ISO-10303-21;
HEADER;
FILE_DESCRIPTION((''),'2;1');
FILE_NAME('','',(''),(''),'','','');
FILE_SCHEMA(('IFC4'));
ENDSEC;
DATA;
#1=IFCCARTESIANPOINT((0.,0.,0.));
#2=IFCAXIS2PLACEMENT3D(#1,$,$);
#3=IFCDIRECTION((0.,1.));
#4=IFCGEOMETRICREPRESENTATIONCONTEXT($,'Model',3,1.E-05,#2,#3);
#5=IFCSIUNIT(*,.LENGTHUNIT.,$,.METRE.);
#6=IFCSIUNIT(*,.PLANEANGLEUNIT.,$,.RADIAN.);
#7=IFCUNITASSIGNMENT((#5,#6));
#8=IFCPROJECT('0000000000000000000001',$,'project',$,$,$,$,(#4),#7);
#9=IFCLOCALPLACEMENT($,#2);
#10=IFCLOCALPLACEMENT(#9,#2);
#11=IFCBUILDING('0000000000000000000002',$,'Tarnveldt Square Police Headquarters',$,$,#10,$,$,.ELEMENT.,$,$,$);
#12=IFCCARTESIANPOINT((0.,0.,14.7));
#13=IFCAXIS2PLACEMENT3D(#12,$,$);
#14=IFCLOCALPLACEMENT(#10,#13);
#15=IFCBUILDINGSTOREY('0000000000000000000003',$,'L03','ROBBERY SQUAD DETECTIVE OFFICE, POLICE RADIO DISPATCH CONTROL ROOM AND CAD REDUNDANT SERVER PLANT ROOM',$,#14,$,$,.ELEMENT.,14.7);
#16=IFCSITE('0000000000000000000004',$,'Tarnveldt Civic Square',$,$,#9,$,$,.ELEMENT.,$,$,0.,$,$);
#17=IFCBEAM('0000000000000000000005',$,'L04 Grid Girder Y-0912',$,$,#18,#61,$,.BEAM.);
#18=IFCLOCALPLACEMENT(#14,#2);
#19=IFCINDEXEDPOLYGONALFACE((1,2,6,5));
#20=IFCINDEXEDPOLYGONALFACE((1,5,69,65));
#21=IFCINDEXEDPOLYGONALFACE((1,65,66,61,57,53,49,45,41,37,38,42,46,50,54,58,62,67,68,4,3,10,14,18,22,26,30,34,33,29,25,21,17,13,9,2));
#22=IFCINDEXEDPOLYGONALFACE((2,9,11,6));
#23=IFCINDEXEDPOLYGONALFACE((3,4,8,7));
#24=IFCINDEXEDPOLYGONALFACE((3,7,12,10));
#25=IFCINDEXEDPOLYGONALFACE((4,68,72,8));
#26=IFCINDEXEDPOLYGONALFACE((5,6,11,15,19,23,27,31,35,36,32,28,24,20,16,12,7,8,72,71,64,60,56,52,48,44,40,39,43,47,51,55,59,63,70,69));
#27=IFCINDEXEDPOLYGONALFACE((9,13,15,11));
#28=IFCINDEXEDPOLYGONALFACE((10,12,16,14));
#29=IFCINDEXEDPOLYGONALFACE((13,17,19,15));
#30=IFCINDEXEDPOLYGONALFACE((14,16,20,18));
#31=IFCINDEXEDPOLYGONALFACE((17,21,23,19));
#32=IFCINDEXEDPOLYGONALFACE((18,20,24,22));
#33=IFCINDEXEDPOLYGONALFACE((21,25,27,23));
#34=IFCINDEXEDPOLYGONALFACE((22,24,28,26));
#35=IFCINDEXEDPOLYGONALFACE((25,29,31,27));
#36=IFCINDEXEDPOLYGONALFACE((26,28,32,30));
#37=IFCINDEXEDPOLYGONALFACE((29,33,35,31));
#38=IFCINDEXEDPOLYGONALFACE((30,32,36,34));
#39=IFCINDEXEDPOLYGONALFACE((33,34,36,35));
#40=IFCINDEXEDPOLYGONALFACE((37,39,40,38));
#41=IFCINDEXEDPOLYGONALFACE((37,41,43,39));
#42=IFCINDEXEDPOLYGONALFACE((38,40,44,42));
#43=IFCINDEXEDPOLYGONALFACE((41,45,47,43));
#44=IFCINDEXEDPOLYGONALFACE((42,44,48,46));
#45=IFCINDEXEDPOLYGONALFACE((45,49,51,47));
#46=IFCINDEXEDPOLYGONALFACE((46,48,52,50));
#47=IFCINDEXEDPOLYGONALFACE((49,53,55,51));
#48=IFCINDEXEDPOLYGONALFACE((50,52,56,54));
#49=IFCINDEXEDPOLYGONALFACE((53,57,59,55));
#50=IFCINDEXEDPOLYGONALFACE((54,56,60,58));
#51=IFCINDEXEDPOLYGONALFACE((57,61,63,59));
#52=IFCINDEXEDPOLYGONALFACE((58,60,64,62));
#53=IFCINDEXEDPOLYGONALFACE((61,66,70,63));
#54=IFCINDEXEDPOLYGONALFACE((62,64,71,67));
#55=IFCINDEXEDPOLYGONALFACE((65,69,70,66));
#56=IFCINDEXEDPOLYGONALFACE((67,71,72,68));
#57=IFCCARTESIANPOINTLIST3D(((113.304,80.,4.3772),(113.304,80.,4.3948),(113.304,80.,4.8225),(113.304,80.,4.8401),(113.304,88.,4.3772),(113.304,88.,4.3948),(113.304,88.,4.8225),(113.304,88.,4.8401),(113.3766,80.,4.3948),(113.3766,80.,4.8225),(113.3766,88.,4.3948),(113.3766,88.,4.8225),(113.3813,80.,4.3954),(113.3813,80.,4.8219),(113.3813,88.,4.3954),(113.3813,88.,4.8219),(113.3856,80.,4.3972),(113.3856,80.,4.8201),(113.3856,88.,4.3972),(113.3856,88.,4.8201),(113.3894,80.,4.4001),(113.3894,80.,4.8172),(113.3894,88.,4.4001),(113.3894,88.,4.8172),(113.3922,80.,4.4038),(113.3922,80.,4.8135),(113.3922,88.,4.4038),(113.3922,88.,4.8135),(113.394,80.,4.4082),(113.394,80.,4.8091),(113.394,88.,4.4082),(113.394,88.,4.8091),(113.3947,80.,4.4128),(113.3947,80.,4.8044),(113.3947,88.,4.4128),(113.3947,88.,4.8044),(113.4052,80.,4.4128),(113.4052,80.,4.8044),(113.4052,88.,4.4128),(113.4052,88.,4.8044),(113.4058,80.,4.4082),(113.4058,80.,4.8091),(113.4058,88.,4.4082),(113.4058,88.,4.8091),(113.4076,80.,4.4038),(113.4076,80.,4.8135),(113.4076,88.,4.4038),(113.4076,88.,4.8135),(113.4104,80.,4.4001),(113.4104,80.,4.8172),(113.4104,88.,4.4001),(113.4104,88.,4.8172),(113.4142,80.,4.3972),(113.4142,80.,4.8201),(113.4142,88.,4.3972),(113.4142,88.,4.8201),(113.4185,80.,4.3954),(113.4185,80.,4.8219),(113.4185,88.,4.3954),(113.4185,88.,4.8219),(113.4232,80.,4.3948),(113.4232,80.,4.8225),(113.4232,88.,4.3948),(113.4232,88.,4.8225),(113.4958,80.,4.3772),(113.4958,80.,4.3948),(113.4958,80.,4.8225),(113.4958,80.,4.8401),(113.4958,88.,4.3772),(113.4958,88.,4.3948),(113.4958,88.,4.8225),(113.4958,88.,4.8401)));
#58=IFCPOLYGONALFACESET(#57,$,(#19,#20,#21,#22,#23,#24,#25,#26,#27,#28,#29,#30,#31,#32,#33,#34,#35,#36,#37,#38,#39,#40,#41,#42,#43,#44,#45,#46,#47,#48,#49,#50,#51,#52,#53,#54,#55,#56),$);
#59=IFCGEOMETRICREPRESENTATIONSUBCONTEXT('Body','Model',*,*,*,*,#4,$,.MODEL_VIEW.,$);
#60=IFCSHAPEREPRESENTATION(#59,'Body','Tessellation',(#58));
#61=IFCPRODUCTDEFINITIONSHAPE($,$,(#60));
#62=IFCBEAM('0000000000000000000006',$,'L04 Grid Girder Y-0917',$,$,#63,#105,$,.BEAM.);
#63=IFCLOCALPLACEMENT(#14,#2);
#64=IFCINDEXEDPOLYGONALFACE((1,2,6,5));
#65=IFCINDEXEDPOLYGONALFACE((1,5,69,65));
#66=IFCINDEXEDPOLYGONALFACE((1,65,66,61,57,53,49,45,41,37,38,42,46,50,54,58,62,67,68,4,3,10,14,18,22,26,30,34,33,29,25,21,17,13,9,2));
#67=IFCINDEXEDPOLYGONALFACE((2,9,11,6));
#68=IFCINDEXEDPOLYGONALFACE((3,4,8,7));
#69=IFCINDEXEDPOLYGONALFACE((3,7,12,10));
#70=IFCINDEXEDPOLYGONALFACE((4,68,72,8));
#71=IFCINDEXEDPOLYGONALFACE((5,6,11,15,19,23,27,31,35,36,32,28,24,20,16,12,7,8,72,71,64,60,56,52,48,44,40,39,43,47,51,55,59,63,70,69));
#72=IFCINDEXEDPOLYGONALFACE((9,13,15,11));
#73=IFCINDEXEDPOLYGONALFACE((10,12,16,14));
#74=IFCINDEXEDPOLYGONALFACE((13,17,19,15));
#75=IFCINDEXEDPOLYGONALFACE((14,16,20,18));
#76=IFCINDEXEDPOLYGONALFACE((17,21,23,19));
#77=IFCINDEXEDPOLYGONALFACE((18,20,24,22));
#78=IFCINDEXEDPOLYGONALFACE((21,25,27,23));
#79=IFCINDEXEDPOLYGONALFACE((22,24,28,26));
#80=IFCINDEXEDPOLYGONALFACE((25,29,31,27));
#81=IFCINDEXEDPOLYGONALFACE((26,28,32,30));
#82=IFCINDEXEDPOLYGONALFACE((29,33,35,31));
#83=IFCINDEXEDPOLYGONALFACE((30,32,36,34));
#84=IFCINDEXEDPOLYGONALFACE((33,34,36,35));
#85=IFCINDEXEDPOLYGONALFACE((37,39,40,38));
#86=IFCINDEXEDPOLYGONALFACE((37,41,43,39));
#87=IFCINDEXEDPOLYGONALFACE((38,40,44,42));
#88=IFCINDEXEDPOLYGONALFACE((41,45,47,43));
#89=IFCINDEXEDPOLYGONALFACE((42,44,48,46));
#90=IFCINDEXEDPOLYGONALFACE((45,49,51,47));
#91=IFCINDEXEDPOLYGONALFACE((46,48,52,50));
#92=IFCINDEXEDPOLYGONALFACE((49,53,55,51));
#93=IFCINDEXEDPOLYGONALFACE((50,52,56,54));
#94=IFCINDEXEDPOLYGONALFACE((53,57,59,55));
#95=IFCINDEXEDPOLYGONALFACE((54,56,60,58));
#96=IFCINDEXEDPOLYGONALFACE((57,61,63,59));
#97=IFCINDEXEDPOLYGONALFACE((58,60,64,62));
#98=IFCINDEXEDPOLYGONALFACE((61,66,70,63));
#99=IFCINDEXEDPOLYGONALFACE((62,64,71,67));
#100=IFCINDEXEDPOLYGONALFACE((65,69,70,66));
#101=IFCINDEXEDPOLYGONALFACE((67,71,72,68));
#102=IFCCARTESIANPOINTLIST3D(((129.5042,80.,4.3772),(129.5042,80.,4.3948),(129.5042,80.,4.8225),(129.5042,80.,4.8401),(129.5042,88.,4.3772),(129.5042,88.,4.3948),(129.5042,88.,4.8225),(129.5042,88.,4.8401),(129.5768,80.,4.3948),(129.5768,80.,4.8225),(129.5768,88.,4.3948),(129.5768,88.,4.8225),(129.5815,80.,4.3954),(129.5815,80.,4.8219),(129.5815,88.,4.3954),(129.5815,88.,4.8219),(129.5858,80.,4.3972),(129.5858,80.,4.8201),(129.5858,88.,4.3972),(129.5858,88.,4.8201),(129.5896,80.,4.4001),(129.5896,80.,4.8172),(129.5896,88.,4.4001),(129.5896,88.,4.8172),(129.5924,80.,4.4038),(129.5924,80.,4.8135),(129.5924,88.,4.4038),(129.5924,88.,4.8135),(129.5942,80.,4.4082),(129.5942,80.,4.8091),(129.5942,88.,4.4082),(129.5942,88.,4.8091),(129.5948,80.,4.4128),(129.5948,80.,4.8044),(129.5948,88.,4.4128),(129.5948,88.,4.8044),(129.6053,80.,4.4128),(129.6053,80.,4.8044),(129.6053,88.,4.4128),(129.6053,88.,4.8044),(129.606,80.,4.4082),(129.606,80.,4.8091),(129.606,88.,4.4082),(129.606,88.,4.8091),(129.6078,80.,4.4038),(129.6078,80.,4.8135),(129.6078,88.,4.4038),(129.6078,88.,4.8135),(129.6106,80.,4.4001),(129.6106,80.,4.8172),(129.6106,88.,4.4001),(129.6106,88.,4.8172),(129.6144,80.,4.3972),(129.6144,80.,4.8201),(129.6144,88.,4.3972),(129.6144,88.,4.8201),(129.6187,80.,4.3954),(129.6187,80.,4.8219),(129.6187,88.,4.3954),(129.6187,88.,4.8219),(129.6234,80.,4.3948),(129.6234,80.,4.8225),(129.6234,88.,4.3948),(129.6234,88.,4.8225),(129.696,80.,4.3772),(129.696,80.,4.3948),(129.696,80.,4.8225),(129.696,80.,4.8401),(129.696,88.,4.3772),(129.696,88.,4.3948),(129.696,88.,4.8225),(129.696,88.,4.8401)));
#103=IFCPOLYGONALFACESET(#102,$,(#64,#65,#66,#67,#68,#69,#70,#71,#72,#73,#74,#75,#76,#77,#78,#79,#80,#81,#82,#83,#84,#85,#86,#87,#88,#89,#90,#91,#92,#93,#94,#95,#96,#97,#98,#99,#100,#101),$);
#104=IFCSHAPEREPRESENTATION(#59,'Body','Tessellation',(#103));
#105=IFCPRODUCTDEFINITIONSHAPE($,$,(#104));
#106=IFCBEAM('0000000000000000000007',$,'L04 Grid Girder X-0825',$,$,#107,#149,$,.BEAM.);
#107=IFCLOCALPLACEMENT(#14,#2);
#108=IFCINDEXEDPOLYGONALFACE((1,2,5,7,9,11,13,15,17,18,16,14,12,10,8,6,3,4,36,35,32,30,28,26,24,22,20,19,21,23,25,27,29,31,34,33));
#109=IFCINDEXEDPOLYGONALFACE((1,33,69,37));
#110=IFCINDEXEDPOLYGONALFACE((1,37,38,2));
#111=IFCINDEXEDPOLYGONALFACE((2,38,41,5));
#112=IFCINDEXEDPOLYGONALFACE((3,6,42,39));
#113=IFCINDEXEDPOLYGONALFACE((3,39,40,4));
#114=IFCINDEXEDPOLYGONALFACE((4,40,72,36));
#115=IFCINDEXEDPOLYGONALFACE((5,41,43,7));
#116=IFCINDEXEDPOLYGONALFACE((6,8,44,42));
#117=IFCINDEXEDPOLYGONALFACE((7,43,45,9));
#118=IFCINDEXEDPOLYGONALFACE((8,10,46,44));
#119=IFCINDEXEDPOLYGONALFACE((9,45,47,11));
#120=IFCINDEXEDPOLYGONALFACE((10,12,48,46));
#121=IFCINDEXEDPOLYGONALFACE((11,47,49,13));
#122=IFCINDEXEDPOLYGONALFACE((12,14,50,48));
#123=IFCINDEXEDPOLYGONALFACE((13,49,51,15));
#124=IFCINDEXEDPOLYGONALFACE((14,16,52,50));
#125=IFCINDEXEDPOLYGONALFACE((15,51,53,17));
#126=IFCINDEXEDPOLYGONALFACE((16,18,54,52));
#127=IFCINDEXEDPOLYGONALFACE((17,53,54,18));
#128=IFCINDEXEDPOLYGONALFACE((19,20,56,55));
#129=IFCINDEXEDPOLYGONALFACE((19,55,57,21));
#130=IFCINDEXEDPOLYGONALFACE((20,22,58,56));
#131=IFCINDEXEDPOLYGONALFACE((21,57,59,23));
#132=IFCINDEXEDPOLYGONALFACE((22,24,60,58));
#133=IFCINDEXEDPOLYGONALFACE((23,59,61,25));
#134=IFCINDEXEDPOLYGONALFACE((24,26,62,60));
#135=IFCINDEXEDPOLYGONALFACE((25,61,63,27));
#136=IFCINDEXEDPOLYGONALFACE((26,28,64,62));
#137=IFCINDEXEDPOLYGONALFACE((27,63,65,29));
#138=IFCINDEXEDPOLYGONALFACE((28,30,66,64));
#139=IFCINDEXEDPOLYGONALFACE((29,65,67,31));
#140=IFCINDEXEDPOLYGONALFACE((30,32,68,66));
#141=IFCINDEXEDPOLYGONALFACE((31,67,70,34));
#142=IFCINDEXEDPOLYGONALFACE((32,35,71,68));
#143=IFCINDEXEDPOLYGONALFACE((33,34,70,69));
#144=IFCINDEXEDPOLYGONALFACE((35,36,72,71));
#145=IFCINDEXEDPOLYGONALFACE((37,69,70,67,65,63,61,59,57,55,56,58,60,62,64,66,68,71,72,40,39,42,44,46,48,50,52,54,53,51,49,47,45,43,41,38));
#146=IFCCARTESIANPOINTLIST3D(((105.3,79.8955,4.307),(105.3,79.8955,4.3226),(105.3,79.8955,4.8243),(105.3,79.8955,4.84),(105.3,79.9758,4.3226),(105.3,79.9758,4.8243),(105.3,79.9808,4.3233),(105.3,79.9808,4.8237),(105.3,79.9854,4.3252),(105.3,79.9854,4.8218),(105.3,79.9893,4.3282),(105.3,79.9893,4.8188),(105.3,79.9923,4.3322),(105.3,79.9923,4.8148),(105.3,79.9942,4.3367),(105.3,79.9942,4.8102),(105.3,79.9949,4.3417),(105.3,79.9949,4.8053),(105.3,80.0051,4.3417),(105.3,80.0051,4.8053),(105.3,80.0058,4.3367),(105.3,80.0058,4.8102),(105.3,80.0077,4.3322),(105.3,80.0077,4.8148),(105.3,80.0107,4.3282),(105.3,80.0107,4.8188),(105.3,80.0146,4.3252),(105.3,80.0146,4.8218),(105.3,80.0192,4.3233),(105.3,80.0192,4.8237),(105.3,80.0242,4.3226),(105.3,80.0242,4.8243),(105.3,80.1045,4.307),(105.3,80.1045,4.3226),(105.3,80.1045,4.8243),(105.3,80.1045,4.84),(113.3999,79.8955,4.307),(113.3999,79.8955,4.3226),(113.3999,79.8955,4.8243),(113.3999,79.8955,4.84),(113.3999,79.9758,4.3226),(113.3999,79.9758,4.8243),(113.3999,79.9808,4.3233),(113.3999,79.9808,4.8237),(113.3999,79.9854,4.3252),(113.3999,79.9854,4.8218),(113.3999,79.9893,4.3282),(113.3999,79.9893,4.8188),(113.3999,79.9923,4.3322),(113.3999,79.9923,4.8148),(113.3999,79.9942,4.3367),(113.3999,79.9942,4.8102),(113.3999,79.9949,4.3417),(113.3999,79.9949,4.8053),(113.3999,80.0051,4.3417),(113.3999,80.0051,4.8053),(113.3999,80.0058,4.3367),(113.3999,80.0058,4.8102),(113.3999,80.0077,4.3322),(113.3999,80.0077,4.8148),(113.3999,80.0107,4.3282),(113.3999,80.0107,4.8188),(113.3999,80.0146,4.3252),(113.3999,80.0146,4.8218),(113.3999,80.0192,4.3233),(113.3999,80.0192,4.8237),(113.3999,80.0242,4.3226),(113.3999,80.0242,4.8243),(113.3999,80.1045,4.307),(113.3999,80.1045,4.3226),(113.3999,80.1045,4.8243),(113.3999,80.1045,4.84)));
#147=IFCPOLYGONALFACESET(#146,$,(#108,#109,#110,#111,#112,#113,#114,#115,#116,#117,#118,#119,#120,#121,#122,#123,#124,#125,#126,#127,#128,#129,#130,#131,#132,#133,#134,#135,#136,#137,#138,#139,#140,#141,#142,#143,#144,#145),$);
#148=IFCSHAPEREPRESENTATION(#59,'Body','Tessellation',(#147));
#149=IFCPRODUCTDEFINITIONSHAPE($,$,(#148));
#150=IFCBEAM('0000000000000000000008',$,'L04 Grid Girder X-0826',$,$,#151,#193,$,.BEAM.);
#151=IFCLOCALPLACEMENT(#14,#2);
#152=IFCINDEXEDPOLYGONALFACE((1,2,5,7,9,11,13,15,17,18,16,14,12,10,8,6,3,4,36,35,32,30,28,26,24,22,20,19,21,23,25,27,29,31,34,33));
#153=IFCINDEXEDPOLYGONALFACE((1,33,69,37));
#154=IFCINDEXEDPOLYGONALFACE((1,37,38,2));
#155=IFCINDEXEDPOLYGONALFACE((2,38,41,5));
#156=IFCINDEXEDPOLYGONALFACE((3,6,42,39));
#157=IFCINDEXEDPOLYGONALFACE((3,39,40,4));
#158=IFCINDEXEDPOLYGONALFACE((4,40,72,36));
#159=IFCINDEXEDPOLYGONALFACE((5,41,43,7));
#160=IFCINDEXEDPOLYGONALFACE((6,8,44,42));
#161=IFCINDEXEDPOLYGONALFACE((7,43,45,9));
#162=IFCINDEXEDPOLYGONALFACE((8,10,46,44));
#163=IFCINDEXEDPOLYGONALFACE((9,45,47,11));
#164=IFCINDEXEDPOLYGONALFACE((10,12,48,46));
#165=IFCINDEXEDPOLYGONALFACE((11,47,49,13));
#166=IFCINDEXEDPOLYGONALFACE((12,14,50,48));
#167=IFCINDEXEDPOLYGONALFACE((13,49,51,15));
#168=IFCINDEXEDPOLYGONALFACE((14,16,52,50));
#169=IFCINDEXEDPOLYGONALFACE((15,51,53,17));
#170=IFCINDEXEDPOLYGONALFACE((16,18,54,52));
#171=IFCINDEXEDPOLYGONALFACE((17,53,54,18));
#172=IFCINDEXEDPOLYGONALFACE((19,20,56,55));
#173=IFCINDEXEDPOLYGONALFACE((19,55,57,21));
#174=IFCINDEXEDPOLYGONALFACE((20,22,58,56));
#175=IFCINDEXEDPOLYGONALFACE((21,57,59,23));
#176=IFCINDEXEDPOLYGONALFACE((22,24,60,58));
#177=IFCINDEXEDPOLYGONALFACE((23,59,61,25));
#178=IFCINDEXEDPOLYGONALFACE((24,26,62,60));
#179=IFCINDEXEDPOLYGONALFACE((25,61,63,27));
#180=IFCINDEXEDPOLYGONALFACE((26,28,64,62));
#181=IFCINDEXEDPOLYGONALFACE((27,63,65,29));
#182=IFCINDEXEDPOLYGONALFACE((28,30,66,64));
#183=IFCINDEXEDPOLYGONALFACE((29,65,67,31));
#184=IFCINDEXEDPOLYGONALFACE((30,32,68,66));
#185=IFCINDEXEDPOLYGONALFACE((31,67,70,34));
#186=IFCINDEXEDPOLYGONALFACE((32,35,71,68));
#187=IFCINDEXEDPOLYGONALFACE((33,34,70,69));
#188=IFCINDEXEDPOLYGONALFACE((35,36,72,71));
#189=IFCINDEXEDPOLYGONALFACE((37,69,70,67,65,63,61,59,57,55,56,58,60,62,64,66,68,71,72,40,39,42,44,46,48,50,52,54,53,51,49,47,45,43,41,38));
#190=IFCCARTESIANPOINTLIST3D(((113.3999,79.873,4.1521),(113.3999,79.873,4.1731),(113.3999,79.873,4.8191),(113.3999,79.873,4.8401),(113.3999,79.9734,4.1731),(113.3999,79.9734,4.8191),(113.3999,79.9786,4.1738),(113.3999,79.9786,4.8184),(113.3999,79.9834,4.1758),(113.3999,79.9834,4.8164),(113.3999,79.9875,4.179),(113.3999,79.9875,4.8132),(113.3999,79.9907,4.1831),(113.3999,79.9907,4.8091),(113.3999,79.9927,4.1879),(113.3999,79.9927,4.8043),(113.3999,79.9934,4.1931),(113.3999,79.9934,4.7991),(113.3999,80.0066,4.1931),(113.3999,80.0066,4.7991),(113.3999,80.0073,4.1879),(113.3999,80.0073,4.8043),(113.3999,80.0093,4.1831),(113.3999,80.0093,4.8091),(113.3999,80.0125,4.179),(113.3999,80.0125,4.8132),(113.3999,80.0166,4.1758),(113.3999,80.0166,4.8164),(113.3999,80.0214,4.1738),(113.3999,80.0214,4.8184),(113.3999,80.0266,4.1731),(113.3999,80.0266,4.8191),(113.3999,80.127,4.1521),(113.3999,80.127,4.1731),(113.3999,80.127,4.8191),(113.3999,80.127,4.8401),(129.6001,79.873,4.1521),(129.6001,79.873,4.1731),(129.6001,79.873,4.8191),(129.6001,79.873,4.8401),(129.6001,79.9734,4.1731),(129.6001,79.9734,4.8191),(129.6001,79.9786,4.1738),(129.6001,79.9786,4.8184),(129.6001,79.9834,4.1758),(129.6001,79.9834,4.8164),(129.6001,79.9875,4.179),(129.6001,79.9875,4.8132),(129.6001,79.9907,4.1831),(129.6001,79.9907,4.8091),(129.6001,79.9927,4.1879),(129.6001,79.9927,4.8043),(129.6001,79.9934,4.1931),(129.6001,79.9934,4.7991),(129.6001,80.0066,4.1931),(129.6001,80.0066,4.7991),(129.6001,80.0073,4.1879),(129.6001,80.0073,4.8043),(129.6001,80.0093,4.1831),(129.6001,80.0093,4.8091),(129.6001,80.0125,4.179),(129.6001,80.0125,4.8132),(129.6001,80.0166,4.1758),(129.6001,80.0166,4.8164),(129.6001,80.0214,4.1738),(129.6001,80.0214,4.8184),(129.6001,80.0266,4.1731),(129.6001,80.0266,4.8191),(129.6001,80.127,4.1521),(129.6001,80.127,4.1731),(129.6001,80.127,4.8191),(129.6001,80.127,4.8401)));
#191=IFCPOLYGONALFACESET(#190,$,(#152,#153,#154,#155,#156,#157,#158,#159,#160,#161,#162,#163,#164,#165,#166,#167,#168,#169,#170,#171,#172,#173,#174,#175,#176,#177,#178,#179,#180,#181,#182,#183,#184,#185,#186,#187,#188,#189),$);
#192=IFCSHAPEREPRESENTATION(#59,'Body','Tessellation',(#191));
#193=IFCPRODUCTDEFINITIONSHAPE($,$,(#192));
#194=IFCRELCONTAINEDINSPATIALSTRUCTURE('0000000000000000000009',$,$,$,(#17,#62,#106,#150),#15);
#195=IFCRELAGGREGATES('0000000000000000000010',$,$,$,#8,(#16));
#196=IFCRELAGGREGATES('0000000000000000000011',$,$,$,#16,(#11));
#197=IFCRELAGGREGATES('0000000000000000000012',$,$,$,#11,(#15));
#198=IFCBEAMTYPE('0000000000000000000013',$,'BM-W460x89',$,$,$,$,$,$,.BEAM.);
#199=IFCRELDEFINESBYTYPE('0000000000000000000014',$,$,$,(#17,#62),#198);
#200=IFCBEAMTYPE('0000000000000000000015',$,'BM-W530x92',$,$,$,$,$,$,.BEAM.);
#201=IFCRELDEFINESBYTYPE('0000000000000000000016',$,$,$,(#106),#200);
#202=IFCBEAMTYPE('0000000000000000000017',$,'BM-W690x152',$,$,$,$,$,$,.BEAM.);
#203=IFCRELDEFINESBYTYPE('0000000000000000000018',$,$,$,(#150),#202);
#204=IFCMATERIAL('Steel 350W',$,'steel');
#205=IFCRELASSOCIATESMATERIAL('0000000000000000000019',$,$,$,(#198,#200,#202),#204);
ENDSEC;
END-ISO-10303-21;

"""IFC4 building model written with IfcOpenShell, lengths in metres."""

from ifc_helpers import new_model, si_unit, direction, frame, origin, origin_2d, place, context, subcontext, project, spatial, i_section, extrude, material, material_profile, profile_set, type_object, element, save


model = new_model("IFC4")

# Units and contexts
model_context = context("Model", 3, precision=1e-05, world=origin(), true_north=direction((0.0, 1.0)))
body_context = subcontext(model_context, "Body", "Model", "MODEL_VIEW")
ifc_project = project(units=[si_unit("LENGTHUNIT", "METRE"), si_unit("PLANEANGLEUNIT", "RADIAN")], contexts=[model_context])

# Site, building, storey
site_placement = place(None, origin())
site = spatial("IfcSite", under=ifc_project, at=site_placement, Name="Tarnveldt Civic Square", CompositionType="ELEMENT", RefElevation=0.0)
building_placement = place(site_placement, origin())
building = spatial("IfcBuilding", under=site, at=building_placement, Name="Tarnveldt Square Police Headquarters", CompositionType="ELEMENT")
storey_placement = place(building_placement, frame((0.0, 0.0, 14.7)))
storey = spatial("IfcBuildingStorey", under=building, at=storey_placement, Name="L03", Description="ROBBERY SQUAD DETECTIVE OFFICE, POLICE RADIO DISPATCH CONTROL ROOM AND CAD REDUNDANT SERVER PLANT ROOM", CompositionType="ELEMENT", Elevation=14.7)

# Shared definitions
ifc_material_1 = material(Name="Steel 350W", Category="steel")

# Beams
ifc_material_profile_1 = material_profile(ifc_material_1, i_section(OverallWidth=0.1919, OverallDepth=0.4629, WebThickness=0.0105, FlangeThickness=0.0176, FilletRadius=0.0181, at=origin_2d()), Name="W460x89")
ifc_profile_set_1 = profile_set([ifc_material_profile_1], Name="Steel 350W")
beam_type_1 = type_object("IfcBeamType", Name="BM-W460x89", PredefinedType="BEAM", material=ifc_profile_set_1)
for number, where, z_axis, x_axis, name in (
    (1, (113.3999, 80.0, 4.6086), (0.0, 1.0, 0.0), (-1.0, 0.0, 0.0), "L04 Grid Girder Y-0912"),
    (2, (129.6001, 80.0, 4.6086), (0.0, 1.0, 0.0), (-1.0, 0.0, 0.0), "L04 Grid Girder Y-0917"),
):
    element("IfcBeam", number, at=place(storey_placement, frame(where, z_axis=z_axis, x_axis=x_axis)), inside=storey, type_object=beam_type_1, Name=name, PredefinedType="BEAM", context=body_context, shape_type="SweptSolid", body=[
        extrude(i_section(OverallWidth=0.1919, OverallDepth=0.4629, WebThickness=0.0105, FlangeThickness=0.0176, FilletRadius=0.0181, at=origin_2d()), origin(), (0.0, 0.0, 1.0), 8.0),
    ])
ifc_material_profile_2 = material_profile(ifc_material_1, i_section(OverallWidth=0.209, OverallDepth=0.533, WebThickness=0.0103, FlangeThickness=0.0156, FilletRadius=0.019, at=origin_2d()), Name="W530x92")
ifc_profile_set_2 = profile_set([ifc_material_profile_2], Name="Steel 350W")
beam_type_2 = type_object("IfcBeamType", Name="BM-W530x92", PredefinedType="BEAM", material=ifc_profile_set_2)
beam_1_placement = place(storey_placement, frame((105.3, 80.0, 4.5735), z_axis=(1.0, 0.0, 0.0), x_axis=(0.0, 1.0, 0.0)))
element("IfcBeam", 3, at=beam_1_placement, inside=storey, type_object=beam_type_2, Name="L04 Grid Girder X-0825", PredefinedType="BEAM", context=body_context, shape_type="SweptSolid", body=[
    extrude(i_section(OverallWidth=0.209, OverallDepth=0.533, WebThickness=0.0103, FlangeThickness=0.0156, FilletRadius=0.019, at=origin_2d()), origin(), (0.0, 0.0, 1.0), 8.0999),
])
ifc_material_profile_3 = material_profile(ifc_material_1, i_section(OverallWidth=0.2539, OverallDepth=0.688, WebThickness=0.0132, FlangeThickness=0.021, FilletRadius=0.02, at=origin_2d()), Name="W690x152")
ifc_profile_set_3 = profile_set([ifc_material_profile_3], Name="Steel 350W")
beam_type_3 = type_object("IfcBeamType", Name="BM-W690x152", PredefinedType="BEAM", material=ifc_profile_set_3)
for number, where, z_axis, x_axis, name in (
    (4, (113.3999, 80.0, 4.4961), (1.0, 0.0, 0.0), (0.0, 1.0, 0.0), "L04 Grid Girder X-0826"),
):
    element("IfcBeam", number, at=place(storey_placement, frame(where, z_axis=z_axis, x_axis=x_axis)), inside=storey, type_object=beam_type_3, Name=name, PredefinedType="BEAM", context=body_context, shape_type="SweptSolid", body=[
        extrude(i_section(OverallWidth=0.2539, OverallDepth=0.688, WebThickness=0.0132, FlangeThickness=0.021, FilletRadius=0.02, at=origin_2d()), origin(), (0.0, 0.0, 1.0), 16.2002),
    ])

save(model, "model.ifc")
